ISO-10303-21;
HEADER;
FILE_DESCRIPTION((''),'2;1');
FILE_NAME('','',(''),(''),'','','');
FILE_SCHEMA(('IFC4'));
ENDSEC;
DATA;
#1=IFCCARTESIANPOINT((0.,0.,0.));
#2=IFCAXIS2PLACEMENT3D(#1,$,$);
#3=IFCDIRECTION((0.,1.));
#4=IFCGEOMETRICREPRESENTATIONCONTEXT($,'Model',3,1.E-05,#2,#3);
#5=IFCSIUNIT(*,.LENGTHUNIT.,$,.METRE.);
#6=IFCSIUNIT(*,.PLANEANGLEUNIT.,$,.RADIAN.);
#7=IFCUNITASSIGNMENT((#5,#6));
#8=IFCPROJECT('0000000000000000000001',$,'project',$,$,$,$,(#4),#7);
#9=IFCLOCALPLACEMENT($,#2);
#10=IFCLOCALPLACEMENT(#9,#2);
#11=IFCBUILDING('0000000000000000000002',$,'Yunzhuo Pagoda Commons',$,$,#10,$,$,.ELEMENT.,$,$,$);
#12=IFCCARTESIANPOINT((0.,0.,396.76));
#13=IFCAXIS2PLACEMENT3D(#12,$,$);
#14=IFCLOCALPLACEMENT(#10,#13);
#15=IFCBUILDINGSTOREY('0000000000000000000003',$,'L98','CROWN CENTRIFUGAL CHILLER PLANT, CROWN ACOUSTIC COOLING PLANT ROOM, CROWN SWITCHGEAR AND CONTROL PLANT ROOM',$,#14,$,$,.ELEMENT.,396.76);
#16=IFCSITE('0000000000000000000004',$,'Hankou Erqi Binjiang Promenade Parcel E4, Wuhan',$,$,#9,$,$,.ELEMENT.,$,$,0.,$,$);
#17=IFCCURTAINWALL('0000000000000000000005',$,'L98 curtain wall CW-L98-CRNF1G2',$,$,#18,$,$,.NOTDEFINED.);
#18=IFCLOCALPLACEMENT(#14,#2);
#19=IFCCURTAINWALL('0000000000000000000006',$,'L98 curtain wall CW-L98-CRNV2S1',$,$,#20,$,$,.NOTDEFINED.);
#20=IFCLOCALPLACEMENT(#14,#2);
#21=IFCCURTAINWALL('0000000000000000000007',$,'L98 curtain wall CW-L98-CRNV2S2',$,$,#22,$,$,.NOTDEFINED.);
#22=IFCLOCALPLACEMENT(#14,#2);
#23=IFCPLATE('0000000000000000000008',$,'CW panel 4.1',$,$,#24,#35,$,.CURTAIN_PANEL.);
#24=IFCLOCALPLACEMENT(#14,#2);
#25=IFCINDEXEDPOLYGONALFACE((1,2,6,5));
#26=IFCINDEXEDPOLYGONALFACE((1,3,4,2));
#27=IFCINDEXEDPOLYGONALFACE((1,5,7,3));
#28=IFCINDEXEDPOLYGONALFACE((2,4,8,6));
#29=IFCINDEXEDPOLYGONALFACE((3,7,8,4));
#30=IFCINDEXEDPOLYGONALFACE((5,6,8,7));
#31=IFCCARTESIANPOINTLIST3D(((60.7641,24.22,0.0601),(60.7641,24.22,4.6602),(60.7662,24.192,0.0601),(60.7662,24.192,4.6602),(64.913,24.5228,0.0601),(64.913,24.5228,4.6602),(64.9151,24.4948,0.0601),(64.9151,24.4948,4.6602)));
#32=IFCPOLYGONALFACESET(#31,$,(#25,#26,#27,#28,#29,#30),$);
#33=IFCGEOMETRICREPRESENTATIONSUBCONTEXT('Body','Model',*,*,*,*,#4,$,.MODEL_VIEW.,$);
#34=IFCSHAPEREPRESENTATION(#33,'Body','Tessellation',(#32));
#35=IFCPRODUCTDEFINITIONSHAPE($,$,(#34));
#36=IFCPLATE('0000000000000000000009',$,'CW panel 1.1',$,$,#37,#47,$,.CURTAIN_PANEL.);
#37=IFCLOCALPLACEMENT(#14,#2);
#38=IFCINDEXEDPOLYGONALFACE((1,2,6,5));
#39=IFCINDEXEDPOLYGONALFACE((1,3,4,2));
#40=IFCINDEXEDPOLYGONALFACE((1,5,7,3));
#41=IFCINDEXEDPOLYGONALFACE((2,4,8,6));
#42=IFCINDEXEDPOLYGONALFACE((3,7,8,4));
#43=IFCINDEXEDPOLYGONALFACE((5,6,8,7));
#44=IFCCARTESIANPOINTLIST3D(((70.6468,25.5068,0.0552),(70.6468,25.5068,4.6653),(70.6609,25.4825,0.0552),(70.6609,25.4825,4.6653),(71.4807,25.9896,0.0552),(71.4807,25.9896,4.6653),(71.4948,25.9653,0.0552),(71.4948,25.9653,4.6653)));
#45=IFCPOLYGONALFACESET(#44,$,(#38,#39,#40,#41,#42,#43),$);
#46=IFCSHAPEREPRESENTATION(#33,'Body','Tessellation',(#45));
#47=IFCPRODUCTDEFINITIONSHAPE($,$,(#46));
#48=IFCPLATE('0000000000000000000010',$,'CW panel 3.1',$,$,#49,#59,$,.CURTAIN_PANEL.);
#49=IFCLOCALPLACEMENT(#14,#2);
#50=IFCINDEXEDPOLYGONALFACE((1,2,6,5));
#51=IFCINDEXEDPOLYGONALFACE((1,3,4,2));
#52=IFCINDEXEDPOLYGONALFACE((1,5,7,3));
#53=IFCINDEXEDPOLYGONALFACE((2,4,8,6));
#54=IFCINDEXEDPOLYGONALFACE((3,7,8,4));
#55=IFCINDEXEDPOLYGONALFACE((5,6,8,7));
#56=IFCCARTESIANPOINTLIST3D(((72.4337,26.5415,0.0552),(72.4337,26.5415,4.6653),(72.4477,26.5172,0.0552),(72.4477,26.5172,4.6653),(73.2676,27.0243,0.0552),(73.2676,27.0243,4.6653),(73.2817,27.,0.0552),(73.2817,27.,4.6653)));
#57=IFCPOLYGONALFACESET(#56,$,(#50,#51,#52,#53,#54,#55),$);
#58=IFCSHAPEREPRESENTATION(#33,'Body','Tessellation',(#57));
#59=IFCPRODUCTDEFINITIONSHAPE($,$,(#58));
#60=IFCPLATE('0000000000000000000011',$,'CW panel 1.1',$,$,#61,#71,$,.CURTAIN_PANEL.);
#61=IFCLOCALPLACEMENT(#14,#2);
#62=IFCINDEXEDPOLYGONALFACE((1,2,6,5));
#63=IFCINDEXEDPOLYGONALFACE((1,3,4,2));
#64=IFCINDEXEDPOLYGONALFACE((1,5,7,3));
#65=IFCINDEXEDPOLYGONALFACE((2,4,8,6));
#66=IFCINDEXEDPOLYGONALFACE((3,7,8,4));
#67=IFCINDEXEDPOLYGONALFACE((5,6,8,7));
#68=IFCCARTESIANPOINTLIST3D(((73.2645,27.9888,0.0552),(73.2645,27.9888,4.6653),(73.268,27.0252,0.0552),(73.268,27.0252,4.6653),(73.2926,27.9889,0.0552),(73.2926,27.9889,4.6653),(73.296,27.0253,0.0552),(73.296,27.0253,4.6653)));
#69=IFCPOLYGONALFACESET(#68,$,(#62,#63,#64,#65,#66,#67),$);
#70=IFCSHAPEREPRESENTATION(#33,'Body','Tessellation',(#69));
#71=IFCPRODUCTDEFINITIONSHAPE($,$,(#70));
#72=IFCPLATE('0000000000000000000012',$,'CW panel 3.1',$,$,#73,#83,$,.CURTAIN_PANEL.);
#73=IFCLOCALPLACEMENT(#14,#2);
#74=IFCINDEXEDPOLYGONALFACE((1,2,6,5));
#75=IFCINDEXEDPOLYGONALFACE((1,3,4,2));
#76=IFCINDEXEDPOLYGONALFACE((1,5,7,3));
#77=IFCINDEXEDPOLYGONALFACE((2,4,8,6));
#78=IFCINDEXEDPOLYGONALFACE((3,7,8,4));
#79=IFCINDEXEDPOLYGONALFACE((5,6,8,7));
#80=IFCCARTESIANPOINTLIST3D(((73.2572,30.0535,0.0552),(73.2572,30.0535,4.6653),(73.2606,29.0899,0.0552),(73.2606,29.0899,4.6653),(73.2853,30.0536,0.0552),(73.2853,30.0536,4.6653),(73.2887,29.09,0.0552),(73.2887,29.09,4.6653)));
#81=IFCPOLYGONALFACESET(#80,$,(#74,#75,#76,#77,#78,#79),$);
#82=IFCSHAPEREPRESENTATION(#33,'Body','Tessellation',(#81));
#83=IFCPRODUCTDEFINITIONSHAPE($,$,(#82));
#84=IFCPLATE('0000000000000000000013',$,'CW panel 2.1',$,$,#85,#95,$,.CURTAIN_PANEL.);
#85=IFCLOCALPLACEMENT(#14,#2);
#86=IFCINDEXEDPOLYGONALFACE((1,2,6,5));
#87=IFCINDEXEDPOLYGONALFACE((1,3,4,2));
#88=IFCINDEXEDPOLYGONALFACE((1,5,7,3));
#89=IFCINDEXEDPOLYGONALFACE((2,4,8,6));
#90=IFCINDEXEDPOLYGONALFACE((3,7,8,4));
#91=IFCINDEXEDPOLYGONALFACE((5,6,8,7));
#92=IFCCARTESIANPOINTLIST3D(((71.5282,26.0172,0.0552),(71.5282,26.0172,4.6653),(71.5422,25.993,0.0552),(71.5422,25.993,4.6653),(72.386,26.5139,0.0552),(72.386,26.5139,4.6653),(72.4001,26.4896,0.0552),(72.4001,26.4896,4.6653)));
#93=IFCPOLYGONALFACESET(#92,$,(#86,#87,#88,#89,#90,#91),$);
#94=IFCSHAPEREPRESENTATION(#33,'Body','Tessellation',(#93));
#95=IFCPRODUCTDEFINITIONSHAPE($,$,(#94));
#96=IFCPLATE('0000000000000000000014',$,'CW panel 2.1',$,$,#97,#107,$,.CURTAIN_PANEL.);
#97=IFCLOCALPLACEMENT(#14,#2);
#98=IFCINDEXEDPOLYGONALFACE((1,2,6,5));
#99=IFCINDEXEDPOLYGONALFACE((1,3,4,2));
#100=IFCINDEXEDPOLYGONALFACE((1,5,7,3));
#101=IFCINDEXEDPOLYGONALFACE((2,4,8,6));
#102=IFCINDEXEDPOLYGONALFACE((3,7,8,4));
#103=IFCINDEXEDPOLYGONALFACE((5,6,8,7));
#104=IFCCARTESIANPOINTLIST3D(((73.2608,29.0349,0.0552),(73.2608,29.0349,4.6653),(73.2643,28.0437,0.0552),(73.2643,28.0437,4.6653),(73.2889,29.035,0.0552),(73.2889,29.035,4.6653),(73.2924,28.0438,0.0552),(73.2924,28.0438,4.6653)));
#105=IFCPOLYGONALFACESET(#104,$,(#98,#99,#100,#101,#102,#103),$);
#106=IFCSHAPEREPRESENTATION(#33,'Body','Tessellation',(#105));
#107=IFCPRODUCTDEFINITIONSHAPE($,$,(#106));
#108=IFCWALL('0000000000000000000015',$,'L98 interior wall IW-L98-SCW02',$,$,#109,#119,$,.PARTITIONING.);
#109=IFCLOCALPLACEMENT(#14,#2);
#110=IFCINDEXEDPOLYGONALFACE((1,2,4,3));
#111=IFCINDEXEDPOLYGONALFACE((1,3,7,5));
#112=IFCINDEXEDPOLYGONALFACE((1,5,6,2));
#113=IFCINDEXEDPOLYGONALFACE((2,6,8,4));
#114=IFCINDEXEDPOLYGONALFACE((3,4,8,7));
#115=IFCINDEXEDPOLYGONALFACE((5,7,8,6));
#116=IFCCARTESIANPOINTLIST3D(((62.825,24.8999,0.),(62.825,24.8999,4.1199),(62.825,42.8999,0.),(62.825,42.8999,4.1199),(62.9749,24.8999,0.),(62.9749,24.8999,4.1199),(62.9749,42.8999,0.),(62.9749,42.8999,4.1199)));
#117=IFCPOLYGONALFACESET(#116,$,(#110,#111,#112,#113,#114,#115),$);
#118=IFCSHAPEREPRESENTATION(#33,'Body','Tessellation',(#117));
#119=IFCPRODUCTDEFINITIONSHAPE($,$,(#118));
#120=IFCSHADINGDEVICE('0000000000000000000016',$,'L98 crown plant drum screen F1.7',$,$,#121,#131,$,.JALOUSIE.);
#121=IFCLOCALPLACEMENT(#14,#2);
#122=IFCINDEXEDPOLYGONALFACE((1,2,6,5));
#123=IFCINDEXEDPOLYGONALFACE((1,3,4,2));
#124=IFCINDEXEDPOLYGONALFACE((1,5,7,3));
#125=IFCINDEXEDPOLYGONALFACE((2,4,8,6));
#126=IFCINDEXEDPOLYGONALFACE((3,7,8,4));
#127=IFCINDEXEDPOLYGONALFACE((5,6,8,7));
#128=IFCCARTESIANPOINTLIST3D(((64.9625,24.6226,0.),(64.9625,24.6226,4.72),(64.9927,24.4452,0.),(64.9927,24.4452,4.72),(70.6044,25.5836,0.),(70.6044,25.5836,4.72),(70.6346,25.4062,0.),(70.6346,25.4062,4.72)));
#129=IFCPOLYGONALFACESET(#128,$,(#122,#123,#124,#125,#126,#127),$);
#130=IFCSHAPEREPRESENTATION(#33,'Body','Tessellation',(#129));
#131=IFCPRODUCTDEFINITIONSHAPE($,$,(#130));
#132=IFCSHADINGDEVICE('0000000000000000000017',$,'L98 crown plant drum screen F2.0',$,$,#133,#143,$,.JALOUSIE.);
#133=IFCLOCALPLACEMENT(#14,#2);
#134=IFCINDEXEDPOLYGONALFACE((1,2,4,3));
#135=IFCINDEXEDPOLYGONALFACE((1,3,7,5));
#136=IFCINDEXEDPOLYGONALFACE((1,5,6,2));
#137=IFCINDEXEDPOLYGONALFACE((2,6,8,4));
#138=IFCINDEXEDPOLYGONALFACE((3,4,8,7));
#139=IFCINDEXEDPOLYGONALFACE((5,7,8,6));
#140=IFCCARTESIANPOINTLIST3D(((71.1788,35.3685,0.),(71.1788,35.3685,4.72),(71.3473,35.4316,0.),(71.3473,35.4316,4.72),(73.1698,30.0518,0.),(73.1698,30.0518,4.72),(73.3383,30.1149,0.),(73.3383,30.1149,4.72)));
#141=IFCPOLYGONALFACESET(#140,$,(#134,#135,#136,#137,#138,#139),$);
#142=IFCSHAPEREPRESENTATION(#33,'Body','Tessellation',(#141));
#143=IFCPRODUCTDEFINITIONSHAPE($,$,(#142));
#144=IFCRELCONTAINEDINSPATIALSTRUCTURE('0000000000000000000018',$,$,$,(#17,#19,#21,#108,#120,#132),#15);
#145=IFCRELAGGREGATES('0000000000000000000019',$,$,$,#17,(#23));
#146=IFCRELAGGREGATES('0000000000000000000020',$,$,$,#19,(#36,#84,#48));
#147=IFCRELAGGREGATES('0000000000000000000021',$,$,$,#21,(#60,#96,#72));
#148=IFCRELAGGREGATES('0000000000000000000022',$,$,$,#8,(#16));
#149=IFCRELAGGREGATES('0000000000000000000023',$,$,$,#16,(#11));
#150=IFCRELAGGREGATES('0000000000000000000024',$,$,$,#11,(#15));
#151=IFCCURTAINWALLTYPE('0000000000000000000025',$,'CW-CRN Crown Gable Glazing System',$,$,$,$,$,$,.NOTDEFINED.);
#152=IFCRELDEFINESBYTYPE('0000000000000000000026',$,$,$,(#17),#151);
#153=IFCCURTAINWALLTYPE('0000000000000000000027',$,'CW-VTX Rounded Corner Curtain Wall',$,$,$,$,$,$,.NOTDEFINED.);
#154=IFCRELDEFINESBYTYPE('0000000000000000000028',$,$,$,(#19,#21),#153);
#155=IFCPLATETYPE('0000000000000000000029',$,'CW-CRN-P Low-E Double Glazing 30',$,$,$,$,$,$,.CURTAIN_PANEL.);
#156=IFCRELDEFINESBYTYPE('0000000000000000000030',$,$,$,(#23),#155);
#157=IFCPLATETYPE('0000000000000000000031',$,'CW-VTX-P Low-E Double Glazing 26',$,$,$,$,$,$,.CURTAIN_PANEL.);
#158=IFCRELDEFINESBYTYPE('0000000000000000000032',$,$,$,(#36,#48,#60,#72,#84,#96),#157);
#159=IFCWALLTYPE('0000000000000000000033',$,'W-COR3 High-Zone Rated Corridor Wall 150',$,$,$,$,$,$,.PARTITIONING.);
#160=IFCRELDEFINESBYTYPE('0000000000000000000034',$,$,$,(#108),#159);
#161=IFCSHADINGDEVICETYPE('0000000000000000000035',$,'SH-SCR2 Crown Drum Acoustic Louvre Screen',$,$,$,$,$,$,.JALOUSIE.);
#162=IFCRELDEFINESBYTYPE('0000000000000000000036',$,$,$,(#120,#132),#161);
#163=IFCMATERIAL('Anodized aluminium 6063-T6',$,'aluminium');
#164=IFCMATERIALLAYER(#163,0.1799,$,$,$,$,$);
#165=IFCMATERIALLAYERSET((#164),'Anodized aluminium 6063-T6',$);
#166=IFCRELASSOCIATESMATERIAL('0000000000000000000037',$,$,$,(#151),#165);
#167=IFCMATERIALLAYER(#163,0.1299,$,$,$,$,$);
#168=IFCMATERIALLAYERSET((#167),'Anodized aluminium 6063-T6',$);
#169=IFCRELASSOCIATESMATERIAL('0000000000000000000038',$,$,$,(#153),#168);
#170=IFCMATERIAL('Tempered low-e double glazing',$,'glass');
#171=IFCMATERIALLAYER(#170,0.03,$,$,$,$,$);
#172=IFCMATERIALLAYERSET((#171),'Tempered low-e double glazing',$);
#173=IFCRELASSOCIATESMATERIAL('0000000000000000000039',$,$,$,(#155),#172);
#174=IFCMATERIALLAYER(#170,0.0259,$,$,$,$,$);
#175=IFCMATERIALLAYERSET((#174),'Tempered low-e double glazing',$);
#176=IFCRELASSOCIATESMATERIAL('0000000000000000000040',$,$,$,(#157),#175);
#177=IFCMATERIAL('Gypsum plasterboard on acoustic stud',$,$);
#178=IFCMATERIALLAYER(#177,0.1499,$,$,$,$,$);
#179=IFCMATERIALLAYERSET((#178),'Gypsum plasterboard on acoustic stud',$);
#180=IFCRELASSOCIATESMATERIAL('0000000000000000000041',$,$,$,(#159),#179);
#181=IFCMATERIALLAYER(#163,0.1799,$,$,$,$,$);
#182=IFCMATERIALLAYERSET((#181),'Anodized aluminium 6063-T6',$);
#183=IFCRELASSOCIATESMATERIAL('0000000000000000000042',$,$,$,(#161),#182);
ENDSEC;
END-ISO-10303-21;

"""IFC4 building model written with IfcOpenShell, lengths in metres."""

from ifc_helpers import new_model, si_unit, direction, frame, frame_2d, origin, origin_2d, place, context, subcontext, project, spatial, rectangle, extrude, source, transform, mapped, material, layer, layer_set, type_object, element, aggregate, save


model = new_model("IFC4")

# Units and contexts
model_context = context("Model", 3, precision=1e-05, world=origin(), true_north=direction((0.0, 1.0)))
body_context = subcontext(model_context, "Body", "Model", "MODEL_VIEW")
ifc_project = project(units=[si_unit("LENGTHUNIT", "METRE"), si_unit("PLANEANGLEUNIT", "RADIAN")], contexts=[model_context])

# Site, building, storey
site_placement = place(None, origin())
site = spatial("IfcSite", under=ifc_project, at=site_placement, Name="Hankou Erqi Binjiang Promenade Parcel E4, Wuhan", CompositionType="ELEMENT", RefElevation=0.0)
building_placement = place(site_placement, origin())
building = spatial("IfcBuilding", under=site, at=building_placement, Name="Yunzhuo Pagoda Commons", CompositionType="ELEMENT")
storey_placement = place(building_placement, frame((0.0, 0.0, 396.76)))
storey = spatial("IfcBuildingStorey", under=building, at=storey_placement, Name="L98", Description="CROWN CENTRIFUGAL CHILLER PLANT, CROWN ACOUSTIC COOLING PLANT ROOM, CROWN SWITCHGEAR AND CONTROL PLANT ROOM", CompositionType="ELEMENT", Elevation=396.76)

# Curtain wall
ifc_material_1 = material(Name="Anodized aluminium 6063-T6", Category="aluminium")
ifc_layer_1 = layer(ifc_material_1, 0.1799)
ifc_layer_set_1 = layer_set([ifc_layer_1], Name="Anodized aluminium 6063-T6")
curtain_wall_type_1 = type_object("IfcCurtainWallType", Name="CW-CRN Crown Gable Glazing System", PredefinedType="NOTDEFINED", material=ifc_layer_set_1)
curtain_wall_1_placement = place(storey_placement, origin())
curtain_wall_1 = element("IfcCurtainWall", 1, at=curtain_wall_1_placement, inside=storey, type_object=curtain_wall_type_1, Name="L98 curtain wall CW-L98-CRNF1G2", PredefinedType="NOTDEFINED")

# Curtain walls
ifc_layer_2 = layer(ifc_material_1, 0.1299)
ifc_layer_set_2 = layer_set([ifc_layer_2], Name="Anodized aluminium 6063-T6")
curtain_wall_type_2 = type_object("IfcCurtainWallType", Name="CW-VTX Rounded Corner Curtain Wall", PredefinedType="NOTDEFINED", material=ifc_layer_set_2)
curtain_wall_2_placement = place(storey_placement, origin())
curtain_wall_2 = element("IfcCurtainWall", 2, at=curtain_wall_2_placement, inside=storey, type_object=curtain_wall_type_2, Name="L98 curtain wall CW-L98-CRNV2S1", PredefinedType="NOTDEFINED")
curtain_wall_3_placement = place(storey_placement, origin())
curtain_wall_3 = element("IfcCurtainWall", 3, at=curtain_wall_3_placement, inside=storey, type_object=curtain_wall_type_2, Name="L98 curtain wall CW-L98-CRNV2S2", PredefinedType="NOTDEFINED")

# Plates
ifc_material_2 = material(Name="Tempered low-e double glazing", Category="glass")
ifc_layer_3 = layer(ifc_material_2, 0.03)
ifc_layer_set_3 = layer_set([ifc_layer_3], Name="Tempered low-e double glazing")
plate_type_1 = type_object("IfcPlateType", Name="CW-CRN-P Low-E Double Glazing 30", PredefinedType="CURTAIN_PANEL", material=ifc_layer_set_3)
shared_shape_1 = source(origin(), body_context, "Body", "SweptSolid", [
    extrude(rectangle(XDim=4.1599, YDim=0.0281, at=origin_2d()), origin(), (0.0, 0.0, 1.0), 4.6001),
])
plate_1_placement = place(storey_placement, frame((62.8396, 24.3574, 0.0601), z_axis=(0.0, 0.0, 1.0), x_axis=(0.997347, 0.072796, 0.0)))
plate_1 = element("IfcPlate", 4, at=plate_1_placement, type_object=plate_type_1, Name="CW panel 4.1", PredefinedType="CURTAIN_PANEL", context=body_context, shape_type="MappedRepresentation", body=[
    mapped(shared_shape_1, transform((0.0, 0.0, 0.0), scale=1.0)),
])
aggregate(curtain_wall_1, [plate_1])
ifc_layer_4 = layer(ifc_material_2, 0.0259)
ifc_layer_set_4 = layer_set([ifc_layer_4], Name="Tempered low-e double glazing")
plate_type_2 = type_object("IfcPlateType", Name="CW-VTX-P Low-E Double Glazing 26", PredefinedType="CURTAIN_PANEL", material=ifc_layer_set_4)
shared_shape_2 = source(origin(), body_context, "Body", "SweptSolid", [
    extrude(rectangle(XDim=0.9636, YDim=0.0281, at=origin_2d()), origin(), (0.0, 0.0, 1.0), 4.6101),
])
plate_2_placement = place(storey_placement, frame((71.0708, 25.7361, 0.0552), z_axis=(0.0, 0.0, 1.0), x_axis=(0.865423, 0.501041, 0.0)))
plate_2 = element("IfcPlate", 5, at=plate_2_placement, type_object=plate_type_2, Name="CW panel 1.1", PredefinedType="CURTAIN_PANEL", context=body_context, shape_type="MappedRepresentation", body=[
    mapped(shared_shape_2, transform((0.0, 0.0, 0.0), scale=1.0)),
])
plate_3_placement = place(storey_placement, frame((72.8577, 26.7708, 0.0552), z_axis=(0.0, 0.0, 1.0), x_axis=(0.865423, 0.501041, 0.0)))
plate_3 = element("IfcPlate", 6, at=plate_3_placement, type_object=plate_type_2, Name="CW panel 3.1", PredefinedType="CURTAIN_PANEL", context=body_context, shape_type="MappedRepresentation", body=[
    mapped(shared_shape_2, transform((0.0, 0.0, 0.0), scale=1.0)),
])
plate_4_placement = place(storey_placement, frame((73.2803, 27.5071, 0.0552), z_axis=(0.0, 0.0, 1.0), x_axis=(-0.003569, 0.999994, 0.0)))
plate_4 = element("IfcPlate", 7, at=plate_4_placement, type_object=plate_type_2, Name="CW panel 1.1", PredefinedType="CURTAIN_PANEL", context=body_context, shape_type="MappedRepresentation", body=[
    mapped(shared_shape_2, transform((0.0, 0.0, 0.0), scale=1.0)),
])
plate_5_placement = place(storey_placement, frame((73.2729, 29.5718, 0.0552), z_axis=(0.0, 0.0, 1.0), x_axis=(-0.003569, 0.999994, 0.0)))
plate_5 = element("IfcPlate", 8, at=plate_5_placement, type_object=plate_type_2, Name="CW panel 3.1", PredefinedType="CURTAIN_PANEL", context=body_context, shape_type="MappedRepresentation", body=[
    mapped(shared_shape_2, transform((0.0, 0.0, 0.0), scale=1.0)),
])
shared_shape_3 = source(origin(), body_context, "Body", "SweptSolid", [
    extrude(rectangle(XDim=0.9912, YDim=0.0281, at=origin_2d()), origin(), (0.0, 0.0, 1.0), 4.6101),
])
plate_6_placement = place(storey_placement, frame((71.9641, 26.2534, 0.0552), z_axis=(0.0, 0.0, 1.0), x_axis=(0.865423, 0.501041, 0.0)))
plate_6 = element("IfcPlate", 9, at=plate_6_placement, type_object=plate_type_2, Name="CW panel 2.1", PredefinedType="CURTAIN_PANEL", context=body_context, shape_type="MappedRepresentation", body=[
    mapped(shared_shape_3, transform((0.0, 0.0, 0.0), scale=1.0)),
])
aggregate(curtain_wall_2, [plate_2, plate_6, plate_3])
plate_7_placement = place(storey_placement, frame((73.2766, 28.5393, 0.0552), z_axis=(0.0, 0.0, 1.0), x_axis=(-0.003569, 0.999994, 0.0)))
plate_7 = element("IfcPlate", 10, at=plate_7_placement, type_object=plate_type_2, Name="CW panel 2.1", PredefinedType="CURTAIN_PANEL", context=body_context, shape_type="MappedRepresentation", body=[
    mapped(shared_shape_3, transform((0.0, 0.0, 0.0), scale=1.0)),
])
aggregate(curtain_wall_3, [plate_4, plate_7, plate_5])

# Wall
ifc_material_3 = material(Name="Gypsum plasterboard on acoustic stud")
ifc_layer_5 = layer(ifc_material_3, 0.1499)
ifc_layer_set_5 = layer_set([ifc_layer_5], Name="Gypsum plasterboard on acoustic stud")
wall_type = type_object("IfcWallType", Name="W-COR3 High-Zone Rated Corridor Wall 150", PredefinedType="PARTITIONING", material=ifc_layer_set_5)
wall_placement = place(storey_placement, frame((62.8999, 24.8999, 0.0), z_axis=(0.0, 0.0, 1.0), x_axis=(0.0, 1.0, 0.0)))
element("IfcWall", 11, at=wall_placement, inside=storey, type_object=wall_type, Name="L98 interior wall IW-L98-SCW02", PredefinedType="PARTITIONING", context=body_context, shape_type="SweptSolid", body=[
    extrude(rectangle(XDim=18.0, YDim=0.1499, at=frame_2d((9.0, 0.0))), origin(), (0.0, 0.0, 1.0), 4.1199),
])

# Shading devices
ifc_layer_6 = layer(ifc_material_1, 0.1799)
ifc_layer_set_6 = layer_set([ifc_layer_6], Name="Anodized aluminium 6063-T6")
shading_device_type = type_object("IfcShadingDeviceType", Name="SH-SCR2 Crown Drum Acoustic Louvre Screen", PredefinedType="JALOUSIE", material=ifc_layer_set_6)
shared_shape_4 = source(origin(), body_context, "Body", "SweptSolid", [
    extrude(rectangle(XDim=5.7231, YDim=0.1799, at=origin_2d()), origin(), (0.0, 0.0, 1.0), 4.72),
])
shading_device_1_placement = place(storey_placement, frame((67.7986, 25.0144, 0.0), z_axis=(0.0, 0.0, 1.0), x_axis=(0.985803, 0.167904, 0.0)))
element("IfcShadingDevice", 12, at=shading_device_1_placement, inside=storey, type_object=shading_device_type, Name="L98 crown plant drum screen F1.7", PredefinedType="JALOUSIE", context=body_context, shape_type="MappedRepresentation", body=[
    mapped(shared_shape_4, transform((0.0, 0.0, 0.0), scale=1.0)),
])
shared_shape_5 = source(origin(), body_context, "Body", "SweptSolid", [
    extrude(rectangle(XDim=5.6772, YDim=0.1799, at=origin_2d()), origin(), (0.0, 0.0, 1.0), 4.72),
])
shading_device_2_placement = place(storey_placement, frame((72.2585, 32.7417, 0.0), z_axis=(0.0, 0.0, 1.0), x_axis=(-0.350698, 0.936489, 0.0)))
element("IfcShadingDevice", 13, at=shading_device_2_placement, inside=storey, type_object=shading_device_type, Name="L98 crown plant drum screen F2.0", PredefinedType="JALOUSIE", context=body_context, shape_type="MappedRepresentation", body=[
    mapped(shared_shape_5, transform((0.0, 0.0, 0.0), scale=1.0)),
])

save(model, "model.ifc")
